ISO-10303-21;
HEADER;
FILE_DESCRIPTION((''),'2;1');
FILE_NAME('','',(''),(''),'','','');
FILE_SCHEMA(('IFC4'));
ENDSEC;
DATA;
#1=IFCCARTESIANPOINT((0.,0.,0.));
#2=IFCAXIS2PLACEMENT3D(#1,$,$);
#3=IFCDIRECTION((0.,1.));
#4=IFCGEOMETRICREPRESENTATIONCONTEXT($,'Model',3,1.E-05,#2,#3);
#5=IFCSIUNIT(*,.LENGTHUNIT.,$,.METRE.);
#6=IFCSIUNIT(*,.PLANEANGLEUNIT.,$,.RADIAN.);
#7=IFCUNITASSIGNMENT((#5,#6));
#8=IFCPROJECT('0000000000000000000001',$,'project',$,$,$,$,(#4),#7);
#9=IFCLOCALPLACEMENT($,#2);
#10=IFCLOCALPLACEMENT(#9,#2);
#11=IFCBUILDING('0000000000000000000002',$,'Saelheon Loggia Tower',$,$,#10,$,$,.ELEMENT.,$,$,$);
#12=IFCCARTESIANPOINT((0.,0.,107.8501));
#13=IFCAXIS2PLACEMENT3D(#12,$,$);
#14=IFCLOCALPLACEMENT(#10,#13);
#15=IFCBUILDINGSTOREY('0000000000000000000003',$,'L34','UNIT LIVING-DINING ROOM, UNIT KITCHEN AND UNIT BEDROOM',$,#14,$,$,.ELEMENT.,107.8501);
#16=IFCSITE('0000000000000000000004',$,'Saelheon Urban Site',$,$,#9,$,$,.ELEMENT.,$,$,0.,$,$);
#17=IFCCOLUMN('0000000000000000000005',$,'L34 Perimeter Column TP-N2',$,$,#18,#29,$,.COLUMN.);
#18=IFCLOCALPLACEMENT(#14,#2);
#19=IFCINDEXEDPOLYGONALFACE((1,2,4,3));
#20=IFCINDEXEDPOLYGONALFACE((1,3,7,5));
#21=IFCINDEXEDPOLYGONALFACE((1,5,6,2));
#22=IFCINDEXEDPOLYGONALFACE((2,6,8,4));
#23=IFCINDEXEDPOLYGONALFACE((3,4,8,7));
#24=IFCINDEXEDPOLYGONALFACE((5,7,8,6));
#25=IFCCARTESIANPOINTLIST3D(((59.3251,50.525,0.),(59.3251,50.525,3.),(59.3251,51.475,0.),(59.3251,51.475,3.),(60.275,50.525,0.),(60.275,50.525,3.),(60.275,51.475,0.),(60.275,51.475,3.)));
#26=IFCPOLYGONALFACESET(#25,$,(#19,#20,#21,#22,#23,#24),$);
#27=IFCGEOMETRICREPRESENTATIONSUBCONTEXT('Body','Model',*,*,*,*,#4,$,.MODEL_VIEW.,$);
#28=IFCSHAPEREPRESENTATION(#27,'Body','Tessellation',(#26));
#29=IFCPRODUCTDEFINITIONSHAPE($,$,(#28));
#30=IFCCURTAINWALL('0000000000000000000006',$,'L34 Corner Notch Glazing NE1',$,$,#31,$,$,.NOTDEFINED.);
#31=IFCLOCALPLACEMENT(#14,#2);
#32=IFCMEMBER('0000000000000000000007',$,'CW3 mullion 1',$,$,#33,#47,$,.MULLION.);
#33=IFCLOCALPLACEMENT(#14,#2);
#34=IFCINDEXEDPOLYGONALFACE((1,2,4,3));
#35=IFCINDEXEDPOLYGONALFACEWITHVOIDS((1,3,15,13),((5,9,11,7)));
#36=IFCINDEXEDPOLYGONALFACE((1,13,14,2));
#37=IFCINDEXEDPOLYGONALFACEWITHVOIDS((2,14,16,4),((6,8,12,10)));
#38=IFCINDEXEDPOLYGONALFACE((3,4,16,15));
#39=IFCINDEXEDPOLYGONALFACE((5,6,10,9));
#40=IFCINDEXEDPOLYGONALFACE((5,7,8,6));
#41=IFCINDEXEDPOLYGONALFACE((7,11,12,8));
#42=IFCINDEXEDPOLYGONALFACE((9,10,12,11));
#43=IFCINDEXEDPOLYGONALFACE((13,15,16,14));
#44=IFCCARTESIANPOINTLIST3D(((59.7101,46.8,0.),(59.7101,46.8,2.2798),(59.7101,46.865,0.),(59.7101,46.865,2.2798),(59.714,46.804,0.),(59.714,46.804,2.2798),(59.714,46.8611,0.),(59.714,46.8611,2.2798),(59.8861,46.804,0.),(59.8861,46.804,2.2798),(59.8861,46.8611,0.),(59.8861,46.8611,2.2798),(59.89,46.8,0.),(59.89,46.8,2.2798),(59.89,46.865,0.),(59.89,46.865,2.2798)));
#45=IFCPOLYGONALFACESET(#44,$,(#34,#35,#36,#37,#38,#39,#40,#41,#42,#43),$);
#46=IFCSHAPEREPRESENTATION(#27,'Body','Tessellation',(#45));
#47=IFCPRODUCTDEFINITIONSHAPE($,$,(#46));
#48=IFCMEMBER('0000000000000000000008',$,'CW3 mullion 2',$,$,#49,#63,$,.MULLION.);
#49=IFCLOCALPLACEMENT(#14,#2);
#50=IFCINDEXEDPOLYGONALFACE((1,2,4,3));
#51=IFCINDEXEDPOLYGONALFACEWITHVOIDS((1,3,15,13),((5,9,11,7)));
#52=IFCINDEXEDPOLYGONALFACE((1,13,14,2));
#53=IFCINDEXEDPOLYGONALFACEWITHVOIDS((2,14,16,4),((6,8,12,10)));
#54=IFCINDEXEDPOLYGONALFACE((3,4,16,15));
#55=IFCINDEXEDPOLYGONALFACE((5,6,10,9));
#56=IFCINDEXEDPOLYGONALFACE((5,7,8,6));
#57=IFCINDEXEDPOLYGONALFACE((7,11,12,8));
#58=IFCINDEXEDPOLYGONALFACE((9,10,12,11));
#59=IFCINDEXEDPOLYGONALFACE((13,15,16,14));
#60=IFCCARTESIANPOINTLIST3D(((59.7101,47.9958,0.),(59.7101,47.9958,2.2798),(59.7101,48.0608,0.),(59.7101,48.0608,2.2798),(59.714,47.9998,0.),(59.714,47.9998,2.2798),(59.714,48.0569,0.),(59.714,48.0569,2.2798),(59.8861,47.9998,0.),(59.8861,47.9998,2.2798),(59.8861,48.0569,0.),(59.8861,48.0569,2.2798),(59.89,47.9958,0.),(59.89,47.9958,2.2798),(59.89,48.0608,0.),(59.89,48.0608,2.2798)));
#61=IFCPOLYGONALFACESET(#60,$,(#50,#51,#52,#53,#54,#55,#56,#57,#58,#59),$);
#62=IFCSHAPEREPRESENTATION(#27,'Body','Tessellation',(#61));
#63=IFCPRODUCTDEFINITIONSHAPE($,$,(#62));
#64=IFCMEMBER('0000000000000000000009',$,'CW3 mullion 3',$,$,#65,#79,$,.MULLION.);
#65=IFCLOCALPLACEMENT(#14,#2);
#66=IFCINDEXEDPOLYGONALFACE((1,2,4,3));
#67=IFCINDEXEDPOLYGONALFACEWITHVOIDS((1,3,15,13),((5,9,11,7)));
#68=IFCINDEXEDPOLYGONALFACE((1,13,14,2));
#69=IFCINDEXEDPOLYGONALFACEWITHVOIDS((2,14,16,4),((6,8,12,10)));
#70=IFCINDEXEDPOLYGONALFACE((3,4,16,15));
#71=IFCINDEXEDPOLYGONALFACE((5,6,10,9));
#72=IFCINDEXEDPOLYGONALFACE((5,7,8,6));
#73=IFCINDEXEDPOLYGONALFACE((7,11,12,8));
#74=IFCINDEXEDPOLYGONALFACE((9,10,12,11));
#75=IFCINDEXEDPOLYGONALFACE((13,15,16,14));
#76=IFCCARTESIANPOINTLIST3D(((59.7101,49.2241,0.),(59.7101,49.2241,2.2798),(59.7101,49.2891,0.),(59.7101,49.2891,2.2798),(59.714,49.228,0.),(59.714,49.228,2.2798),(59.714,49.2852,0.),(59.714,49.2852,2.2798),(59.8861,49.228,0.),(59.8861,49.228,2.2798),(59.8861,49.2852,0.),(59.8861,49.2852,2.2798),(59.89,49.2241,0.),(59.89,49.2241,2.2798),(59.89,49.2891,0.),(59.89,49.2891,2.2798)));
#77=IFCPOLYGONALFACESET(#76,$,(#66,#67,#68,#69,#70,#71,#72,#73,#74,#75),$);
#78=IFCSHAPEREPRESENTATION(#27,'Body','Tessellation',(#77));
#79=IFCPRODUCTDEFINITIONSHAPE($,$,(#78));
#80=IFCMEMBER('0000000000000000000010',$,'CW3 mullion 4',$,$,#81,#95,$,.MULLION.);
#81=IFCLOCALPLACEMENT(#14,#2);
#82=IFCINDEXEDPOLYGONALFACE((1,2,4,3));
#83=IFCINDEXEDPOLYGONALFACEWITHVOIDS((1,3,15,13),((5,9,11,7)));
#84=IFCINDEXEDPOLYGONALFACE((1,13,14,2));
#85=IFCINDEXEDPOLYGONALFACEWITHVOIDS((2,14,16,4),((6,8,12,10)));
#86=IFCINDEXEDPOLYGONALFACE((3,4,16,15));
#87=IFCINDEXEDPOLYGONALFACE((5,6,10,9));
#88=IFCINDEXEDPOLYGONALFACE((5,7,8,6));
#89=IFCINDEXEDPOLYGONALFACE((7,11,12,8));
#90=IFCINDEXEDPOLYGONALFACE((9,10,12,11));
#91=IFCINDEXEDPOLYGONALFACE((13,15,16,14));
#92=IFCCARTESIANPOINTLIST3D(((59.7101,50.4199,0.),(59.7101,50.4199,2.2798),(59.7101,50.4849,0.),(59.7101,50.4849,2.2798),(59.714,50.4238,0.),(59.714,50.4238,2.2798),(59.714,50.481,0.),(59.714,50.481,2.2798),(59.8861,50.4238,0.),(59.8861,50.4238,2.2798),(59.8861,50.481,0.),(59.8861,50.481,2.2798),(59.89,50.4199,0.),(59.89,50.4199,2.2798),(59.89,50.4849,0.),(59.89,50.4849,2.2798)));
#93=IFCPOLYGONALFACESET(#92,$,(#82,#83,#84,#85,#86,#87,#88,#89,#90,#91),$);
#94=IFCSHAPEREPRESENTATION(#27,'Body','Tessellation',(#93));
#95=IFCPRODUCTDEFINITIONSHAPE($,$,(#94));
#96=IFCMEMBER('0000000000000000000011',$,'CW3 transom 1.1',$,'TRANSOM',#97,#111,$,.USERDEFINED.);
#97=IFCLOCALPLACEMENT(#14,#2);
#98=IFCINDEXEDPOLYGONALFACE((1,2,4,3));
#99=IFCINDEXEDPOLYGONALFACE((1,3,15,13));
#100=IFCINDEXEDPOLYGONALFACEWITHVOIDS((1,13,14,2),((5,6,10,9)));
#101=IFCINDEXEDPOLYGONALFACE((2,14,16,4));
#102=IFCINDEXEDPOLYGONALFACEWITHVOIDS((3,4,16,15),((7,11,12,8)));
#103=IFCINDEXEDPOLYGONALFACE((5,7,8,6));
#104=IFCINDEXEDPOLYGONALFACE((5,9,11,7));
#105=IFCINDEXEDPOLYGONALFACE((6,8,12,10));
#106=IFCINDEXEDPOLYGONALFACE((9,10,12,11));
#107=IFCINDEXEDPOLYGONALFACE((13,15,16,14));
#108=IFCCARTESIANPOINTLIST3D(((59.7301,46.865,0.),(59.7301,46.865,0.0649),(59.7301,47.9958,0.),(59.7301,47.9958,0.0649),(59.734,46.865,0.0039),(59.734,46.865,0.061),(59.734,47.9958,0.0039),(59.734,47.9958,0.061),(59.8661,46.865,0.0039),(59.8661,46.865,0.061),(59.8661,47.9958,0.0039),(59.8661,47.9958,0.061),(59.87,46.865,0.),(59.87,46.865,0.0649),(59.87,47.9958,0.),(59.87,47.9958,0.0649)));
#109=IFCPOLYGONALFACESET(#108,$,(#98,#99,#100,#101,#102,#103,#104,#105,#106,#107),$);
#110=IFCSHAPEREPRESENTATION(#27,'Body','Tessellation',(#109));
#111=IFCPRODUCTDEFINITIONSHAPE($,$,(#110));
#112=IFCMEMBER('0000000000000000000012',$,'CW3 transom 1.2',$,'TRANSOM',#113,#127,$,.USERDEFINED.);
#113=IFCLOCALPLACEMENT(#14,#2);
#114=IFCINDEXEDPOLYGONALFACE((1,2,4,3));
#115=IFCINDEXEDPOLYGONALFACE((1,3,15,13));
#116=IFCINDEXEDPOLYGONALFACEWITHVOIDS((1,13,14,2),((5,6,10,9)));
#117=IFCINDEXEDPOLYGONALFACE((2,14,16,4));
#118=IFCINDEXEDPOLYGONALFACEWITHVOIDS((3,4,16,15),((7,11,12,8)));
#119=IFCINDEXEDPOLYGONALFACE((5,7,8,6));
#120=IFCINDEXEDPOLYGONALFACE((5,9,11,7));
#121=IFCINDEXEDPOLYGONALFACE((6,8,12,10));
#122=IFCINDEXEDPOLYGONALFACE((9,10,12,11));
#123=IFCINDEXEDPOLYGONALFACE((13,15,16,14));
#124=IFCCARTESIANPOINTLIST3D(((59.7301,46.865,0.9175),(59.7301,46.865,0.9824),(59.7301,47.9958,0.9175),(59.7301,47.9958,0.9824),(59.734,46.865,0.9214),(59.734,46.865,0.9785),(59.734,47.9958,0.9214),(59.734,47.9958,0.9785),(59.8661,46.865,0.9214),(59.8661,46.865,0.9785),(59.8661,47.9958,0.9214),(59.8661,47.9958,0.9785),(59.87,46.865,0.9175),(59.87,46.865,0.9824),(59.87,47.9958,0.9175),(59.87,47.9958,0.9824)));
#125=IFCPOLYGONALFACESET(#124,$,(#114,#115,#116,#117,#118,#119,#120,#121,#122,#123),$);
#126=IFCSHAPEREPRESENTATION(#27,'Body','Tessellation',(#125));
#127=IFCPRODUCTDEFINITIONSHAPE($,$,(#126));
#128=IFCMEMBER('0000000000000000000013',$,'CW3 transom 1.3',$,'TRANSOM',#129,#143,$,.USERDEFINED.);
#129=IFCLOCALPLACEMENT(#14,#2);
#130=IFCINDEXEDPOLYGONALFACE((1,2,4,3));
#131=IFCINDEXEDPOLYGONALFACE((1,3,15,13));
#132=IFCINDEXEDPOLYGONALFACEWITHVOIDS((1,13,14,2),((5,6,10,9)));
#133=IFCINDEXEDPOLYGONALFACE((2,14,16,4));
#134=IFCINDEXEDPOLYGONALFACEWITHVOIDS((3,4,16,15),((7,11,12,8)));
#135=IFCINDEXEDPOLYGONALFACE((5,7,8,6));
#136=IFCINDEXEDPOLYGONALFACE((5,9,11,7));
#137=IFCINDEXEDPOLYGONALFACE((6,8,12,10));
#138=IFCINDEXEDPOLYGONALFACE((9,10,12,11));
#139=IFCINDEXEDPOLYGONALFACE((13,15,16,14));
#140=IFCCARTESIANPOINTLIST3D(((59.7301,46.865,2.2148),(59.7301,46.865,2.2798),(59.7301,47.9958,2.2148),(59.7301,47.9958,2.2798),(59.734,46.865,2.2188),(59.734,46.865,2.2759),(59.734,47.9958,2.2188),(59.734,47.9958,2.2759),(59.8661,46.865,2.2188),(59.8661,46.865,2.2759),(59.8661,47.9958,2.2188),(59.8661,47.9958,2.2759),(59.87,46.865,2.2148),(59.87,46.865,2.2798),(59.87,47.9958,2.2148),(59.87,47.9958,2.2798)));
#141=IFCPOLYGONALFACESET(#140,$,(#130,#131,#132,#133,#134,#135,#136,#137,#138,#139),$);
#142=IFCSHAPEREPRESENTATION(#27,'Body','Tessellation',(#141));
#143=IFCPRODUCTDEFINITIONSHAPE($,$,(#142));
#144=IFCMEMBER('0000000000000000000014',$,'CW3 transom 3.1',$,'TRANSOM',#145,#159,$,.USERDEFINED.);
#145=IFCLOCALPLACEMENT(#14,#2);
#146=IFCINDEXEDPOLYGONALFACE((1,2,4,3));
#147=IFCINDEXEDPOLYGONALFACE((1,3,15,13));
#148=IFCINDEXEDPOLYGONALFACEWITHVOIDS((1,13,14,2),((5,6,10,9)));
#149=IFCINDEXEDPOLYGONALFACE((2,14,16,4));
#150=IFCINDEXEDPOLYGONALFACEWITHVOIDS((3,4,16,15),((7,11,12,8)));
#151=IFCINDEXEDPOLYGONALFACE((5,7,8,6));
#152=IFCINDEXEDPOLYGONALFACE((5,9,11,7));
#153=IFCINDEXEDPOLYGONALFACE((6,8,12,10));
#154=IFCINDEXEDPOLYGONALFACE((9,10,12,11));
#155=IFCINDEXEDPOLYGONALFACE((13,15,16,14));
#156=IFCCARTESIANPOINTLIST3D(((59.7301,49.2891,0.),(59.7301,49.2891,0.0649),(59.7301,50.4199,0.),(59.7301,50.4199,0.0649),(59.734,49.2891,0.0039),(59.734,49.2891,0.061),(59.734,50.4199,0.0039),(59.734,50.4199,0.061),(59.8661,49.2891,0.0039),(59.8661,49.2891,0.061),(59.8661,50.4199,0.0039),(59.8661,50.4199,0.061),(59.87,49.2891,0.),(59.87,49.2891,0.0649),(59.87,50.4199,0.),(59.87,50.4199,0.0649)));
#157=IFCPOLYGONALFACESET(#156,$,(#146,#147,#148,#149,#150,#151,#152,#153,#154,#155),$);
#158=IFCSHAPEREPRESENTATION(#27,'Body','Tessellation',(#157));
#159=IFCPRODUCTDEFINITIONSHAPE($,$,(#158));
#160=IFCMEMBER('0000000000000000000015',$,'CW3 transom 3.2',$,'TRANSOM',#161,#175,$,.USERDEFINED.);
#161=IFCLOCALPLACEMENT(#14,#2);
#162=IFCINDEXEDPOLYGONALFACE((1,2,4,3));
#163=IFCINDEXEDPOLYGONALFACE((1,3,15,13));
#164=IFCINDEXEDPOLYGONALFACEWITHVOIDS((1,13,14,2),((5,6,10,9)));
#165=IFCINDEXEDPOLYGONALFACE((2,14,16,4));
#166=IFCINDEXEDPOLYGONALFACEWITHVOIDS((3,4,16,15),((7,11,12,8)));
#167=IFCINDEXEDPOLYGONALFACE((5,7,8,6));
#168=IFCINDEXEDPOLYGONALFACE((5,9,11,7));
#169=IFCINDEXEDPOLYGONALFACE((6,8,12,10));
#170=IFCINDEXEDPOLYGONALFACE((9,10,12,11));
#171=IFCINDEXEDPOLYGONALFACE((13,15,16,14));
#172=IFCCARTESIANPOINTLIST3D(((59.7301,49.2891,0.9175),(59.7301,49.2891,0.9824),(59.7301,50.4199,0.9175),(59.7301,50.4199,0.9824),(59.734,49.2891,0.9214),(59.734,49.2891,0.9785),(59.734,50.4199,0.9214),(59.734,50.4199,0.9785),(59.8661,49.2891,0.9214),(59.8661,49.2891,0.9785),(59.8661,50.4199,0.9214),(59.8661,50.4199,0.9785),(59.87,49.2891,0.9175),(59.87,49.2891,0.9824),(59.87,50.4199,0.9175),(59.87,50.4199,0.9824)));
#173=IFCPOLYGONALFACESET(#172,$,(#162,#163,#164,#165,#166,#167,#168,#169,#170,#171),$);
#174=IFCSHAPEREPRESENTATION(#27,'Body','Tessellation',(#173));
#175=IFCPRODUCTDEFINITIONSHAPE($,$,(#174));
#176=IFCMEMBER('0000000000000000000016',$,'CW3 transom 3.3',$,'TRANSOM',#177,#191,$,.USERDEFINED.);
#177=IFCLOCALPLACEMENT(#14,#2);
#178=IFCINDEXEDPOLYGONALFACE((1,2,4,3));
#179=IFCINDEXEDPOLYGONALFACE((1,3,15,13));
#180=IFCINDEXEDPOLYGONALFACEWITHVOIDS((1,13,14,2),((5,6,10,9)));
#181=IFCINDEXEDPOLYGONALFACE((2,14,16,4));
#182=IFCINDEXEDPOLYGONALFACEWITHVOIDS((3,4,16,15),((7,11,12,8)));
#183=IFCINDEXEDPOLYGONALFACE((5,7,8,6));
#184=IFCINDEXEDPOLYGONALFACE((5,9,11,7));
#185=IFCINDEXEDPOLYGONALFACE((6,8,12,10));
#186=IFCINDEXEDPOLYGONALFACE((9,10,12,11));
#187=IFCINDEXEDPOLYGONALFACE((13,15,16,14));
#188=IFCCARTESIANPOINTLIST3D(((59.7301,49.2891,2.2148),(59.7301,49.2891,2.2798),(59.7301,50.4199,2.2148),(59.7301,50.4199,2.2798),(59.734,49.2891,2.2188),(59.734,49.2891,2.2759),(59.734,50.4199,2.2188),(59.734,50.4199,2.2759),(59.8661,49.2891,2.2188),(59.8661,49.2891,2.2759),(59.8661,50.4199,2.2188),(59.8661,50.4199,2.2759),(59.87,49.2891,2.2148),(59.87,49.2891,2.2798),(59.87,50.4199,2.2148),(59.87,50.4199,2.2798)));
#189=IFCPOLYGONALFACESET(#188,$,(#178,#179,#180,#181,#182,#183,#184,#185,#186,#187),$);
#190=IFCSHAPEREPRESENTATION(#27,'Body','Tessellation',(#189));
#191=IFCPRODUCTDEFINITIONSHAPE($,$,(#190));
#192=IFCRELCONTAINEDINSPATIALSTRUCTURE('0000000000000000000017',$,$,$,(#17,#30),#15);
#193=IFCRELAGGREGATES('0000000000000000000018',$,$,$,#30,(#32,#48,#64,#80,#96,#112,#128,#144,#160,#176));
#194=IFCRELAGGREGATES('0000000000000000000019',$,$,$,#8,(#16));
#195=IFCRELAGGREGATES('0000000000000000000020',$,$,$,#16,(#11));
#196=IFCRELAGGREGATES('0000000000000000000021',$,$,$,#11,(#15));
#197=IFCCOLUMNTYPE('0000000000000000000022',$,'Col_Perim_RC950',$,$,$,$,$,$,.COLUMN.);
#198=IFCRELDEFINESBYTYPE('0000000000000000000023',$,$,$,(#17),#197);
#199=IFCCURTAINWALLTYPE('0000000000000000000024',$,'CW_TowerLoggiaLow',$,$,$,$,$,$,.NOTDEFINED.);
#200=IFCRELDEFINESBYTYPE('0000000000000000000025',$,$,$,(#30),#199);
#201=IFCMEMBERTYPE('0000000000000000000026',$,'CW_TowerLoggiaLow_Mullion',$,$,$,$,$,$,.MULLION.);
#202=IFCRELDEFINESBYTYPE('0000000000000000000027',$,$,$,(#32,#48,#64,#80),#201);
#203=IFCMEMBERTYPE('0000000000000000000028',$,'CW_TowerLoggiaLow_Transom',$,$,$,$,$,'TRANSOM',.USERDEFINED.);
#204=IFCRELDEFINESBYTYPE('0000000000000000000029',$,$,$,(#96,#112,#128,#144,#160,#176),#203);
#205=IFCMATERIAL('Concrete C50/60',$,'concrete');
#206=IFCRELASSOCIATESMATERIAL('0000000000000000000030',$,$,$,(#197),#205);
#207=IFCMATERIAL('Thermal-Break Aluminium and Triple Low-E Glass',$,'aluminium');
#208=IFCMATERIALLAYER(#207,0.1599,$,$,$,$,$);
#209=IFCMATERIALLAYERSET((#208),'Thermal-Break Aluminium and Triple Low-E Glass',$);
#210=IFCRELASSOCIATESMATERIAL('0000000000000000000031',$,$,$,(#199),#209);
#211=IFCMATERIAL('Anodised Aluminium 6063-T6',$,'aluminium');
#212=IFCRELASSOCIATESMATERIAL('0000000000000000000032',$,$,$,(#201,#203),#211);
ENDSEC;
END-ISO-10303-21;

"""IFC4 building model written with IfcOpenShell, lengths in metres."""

from ifc_helpers import new_model, si_unit, direction, frame, origin, origin_2d, place, context, subcontext, project, spatial, rectangle, hollow_rectangle, extrude, source, transform, mapped, material, layer, layer_set, material_profile, profile_set, type_object, element, aggregate, save


model = new_model("IFC4")

# Units and contexts
model_context = context("Model", 3, precision=1e-05, world=origin(), true_north=direction((0.0, 1.0)))
body_context = subcontext(model_context, "Body", "Model", "MODEL_VIEW")
ifc_project = project(units=[si_unit("LENGTHUNIT", "METRE"), si_unit("PLANEANGLEUNIT", "RADIAN")], contexts=[model_context])

# Site, building, storey
site_placement = place(None, origin())
site = spatial("IfcSite", under=ifc_project, at=site_placement, Name="Saelheon Urban Site", CompositionType="ELEMENT", RefElevation=0.0)
building_placement = place(site_placement, origin())
building = spatial("IfcBuilding", under=site, at=building_placement, Name="Saelheon Loggia Tower", CompositionType="ELEMENT")
storey_placement = place(building_placement, frame((0.0, 0.0, 107.8501)))
storey = spatial("IfcBuildingStorey", under=building, at=storey_placement, Name="L34", Description="UNIT LIVING-DINING ROOM, UNIT KITCHEN AND UNIT BEDROOM", CompositionType="ELEMENT", Elevation=107.8501)

# Column
ifc_material_1 = material(Name="Concrete C50/60", Category="concrete")
ifc_material_profile_1 = material_profile(ifc_material_1, rectangle(XDim=0.95, YDim=0.95, at=origin_2d()), Name="RC-950x950")
ifc_profile_set_1 = profile_set([ifc_material_profile_1], Name="Concrete C50/60")
column_type = type_object("IfcColumnType", Name="Col_Perim_RC950", PredefinedType="COLUMN", material=ifc_profile_set_1)
shared_shape_1 = source(origin(), body_context, "Body", "SweptSolid", [
    extrude(rectangle(XDim=0.95, YDim=0.95, at=origin_2d()), origin(), (0.0, 0.0, 1.0), 3.0),
])
column_placement = place(storey_placement, frame((59.8, 51.0, 0.0), z_axis=(0.0, 0.0, 1.0), x_axis=(1.0, 0.0, 0.0)))
element("IfcColumn", 1, at=column_placement, inside=storey, type_object=column_type, Name="L34 Perimeter Column TP-N2", PredefinedType="COLUMN", context=body_context, shape_type="MappedRepresentation", body=[
    mapped(shared_shape_1, transform((0.0, 0.0, 0.0), scale=1.0)),
])

# Curtain wall, members
ifc_material_2 = material(Name="Thermal-Break Aluminium and Triple Low-E Glass", Category="aluminium")
ifc_layer_1 = layer(ifc_material_2, 0.1599)
ifc_layer_set_1 = layer_set([ifc_layer_1], Name="Thermal-Break Aluminium and Triple Low-E Glass")
curtain_wall_type = type_object("IfcCurtainWallType", Name="CW_TowerLoggiaLow", PredefinedType="NOTDEFINED", material=ifc_layer_set_1)
curtain_wall_placement = place(storey_placement, origin())
curtain_wall = element("IfcCurtainWall", 2, at=curtain_wall_placement, inside=storey, type_object=curtain_wall_type, Name="L34 Corner Notch Glazing NE1", PredefinedType="NOTDEFINED")
ifc_material_3 = material(Name="Anodised Aluminium 6063-T6", Category="aluminium")
ifc_material_profile_2 = material_profile(ifc_material_3, hollow_rectangle(XDim=0.0649, YDim=0.1799, WallThickness=0.0039, at=origin_2d()), Name="RHS-180x65x4")
ifc_profile_set_2 = profile_set([ifc_material_profile_2], Name="Anodised Aluminium 6063-T6")
member_type_1 = type_object("IfcMemberType", Name="CW_TowerLoggiaLow_Mullion", PredefinedType="MULLION", material=ifc_profile_set_2)
shared_shape_2 = source(origin(), body_context, "Body", "SweptSolid", [
    extrude(hollow_rectangle(XDim=0.0649, YDim=0.1799, WallThickness=0.0039, at=origin_2d()), origin(), (0.0, 0.0, 1.0), 2.2798),
])
member_1_placement = place(storey_placement, frame((59.8, 46.8325, 0.0), z_axis=(0.0, 0.0, 1.0), x_axis=(0.0, 1.0, 0.0)))
member_1 = element("IfcMember", 3, at=member_1_placement, type_object=member_type_1, Name="CW3 mullion 1", PredefinedType="MULLION", context=body_context, shape_type="MappedRepresentation", body=[
    mapped(shared_shape_2, transform((0.0, 0.0, 0.0), scale=1.0)),
])
member_2_placement = place(storey_placement, frame((59.8, 48.0283, 0.0), z_axis=(0.0, 0.0, 1.0), x_axis=(0.0, 1.0, 0.0)))
member_2 = element("IfcMember", 4, at=member_2_placement, type_object=member_type_1, Name="CW3 mullion 2", PredefinedType="MULLION", context=body_context, shape_type="MappedRepresentation", body=[
    mapped(shared_shape_2, transform((0.0, 0.0, 0.0), scale=1.0)),
])
member_3_placement = place(storey_placement, frame((59.8, 49.2566, 0.0), z_axis=(0.0, 0.0, 1.0), x_axis=(0.0, 1.0, 0.0)))
member_3 = element("IfcMember", 5, at=member_3_placement, type_object=member_type_1, Name="CW3 mullion 3", PredefinedType="MULLION", context=body_context, shape_type="MappedRepresentation", body=[
    mapped(shared_shape_2, transform((0.0, 0.0, 0.0), scale=1.0)),
])
member_4_placement = place(storey_placement, frame((59.8, 50.4524, 0.0), z_axis=(0.0, 0.0, 1.0), x_axis=(0.0, 1.0, 0.0)))
member_4 = element("IfcMember", 6, at=member_4_placement, type_object=member_type_1, Name="CW3 mullion 4", PredefinedType="MULLION", context=body_context, shape_type="MappedRepresentation", body=[
    mapped(shared_shape_2, transform((0.0, 0.0, 0.0), scale=1.0)),
])
ifc_material_profile_3 = material_profile(ifc_material_3, hollow_rectangle(XDim=0.0649, YDim=0.1399, WallThickness=0.0039, at=origin_2d()), Name="RHS-140x65x4")
ifc_profile_set_3 = profile_set([ifc_material_profile_3], Name="Anodised Aluminium 6063-T6")
member_type_2 = type_object("IfcMemberType", Name="CW_TowerLoggiaLow_Transom", ElementType="TRANSOM", PredefinedType="USERDEFINED", material=ifc_profile_set_3)
shared_shape_3 = source(origin(), body_context, "Body", "SweptSolid", [
    extrude(hollow_rectangle(XDim=0.0649, YDim=0.1399, WallThickness=0.0039, at=origin_2d()), origin(), (0.0, 0.0, 1.0), 1.1309),
])
member_5_placement = place(storey_placement, frame((59.8, 46.865, 0.0325), z_axis=(0.0, 1.0, 0.0), x_axis=(0.0, 0.0, 1.0)))
member_5 = element("IfcMember", 7, at=member_5_placement, type_object=member_type_2, Name="CW3 transom 1.1", ObjectType="TRANSOM", PredefinedType="USERDEFINED", context=body_context, shape_type="MappedRepresentation", body=[
    mapped(shared_shape_3, transform((0.0, 0.0, 0.0), scale=1.0)),
])
member_6_placement = place(storey_placement, frame((59.8, 46.865, 0.95), z_axis=(0.0, 1.0, 0.0), x_axis=(0.0, 0.0, 1.0)))
member_6 = element("IfcMember", 8, at=member_6_placement, type_object=member_type_2, Name="CW3 transom 1.2", ObjectType="TRANSOM", PredefinedType="USERDEFINED", context=body_context, shape_type="MappedRepresentation", body=[
    mapped(shared_shape_3, transform((0.0, 0.0, 0.0), scale=1.0)),
])
member_7_placement = place(storey_placement, frame((59.8, 46.865, 2.2473), z_axis=(0.0, 1.0, 0.0), x_axis=(0.0, 0.0, 1.0)))
member_7 = element("IfcMember", 9, at=member_7_placement, type_object=member_type_2, Name="CW3 transom 1.3", ObjectType="TRANSOM", PredefinedType="USERDEFINED", context=body_context, shape_type="MappedRepresentation", body=[
    mapped(shared_shape_3, transform((0.0, 0.0, 0.0), scale=1.0)),
])
member_8_placement = place(storey_placement, frame((59.8, 49.2891, 0.0325), z_axis=(0.0, 1.0, 0.0), x_axis=(0.0, 0.0, 1.0)))
member_8 = element("IfcMember", 10, at=member_8_placement, type_object=member_type_2, Name="CW3 transom 3.1", ObjectType="TRANSOM", PredefinedType="USERDEFINED", context=body_context, shape_type="MappedRepresentation", body=[
    mapped(shared_shape_3, transform((0.0, 0.0, 0.0), scale=1.0)),
])
member_9_placement = place(storey_placement, frame((59.8, 49.2891, 0.95), z_axis=(0.0, 1.0, 0.0), x_axis=(0.0, 0.0, 1.0)))
member_9 = element("IfcMember", 11, at=member_9_placement, type_object=member_type_2, Name="CW3 transom 3.2", ObjectType="TRANSOM", PredefinedType="USERDEFINED", context=body_context, shape_type="MappedRepresentation", body=[
    mapped(shared_shape_3, transform((0.0, 0.0, 0.0), scale=1.0)),
])
member_10_placement = place(storey_placement, frame((59.8, 49.2891, 2.2473), z_axis=(0.0, 1.0, 0.0), x_axis=(0.0, 0.0, 1.0)))
member_10 = element("IfcMember", 12, at=member_10_placement, type_object=member_type_2, Name="CW3 transom 3.3", ObjectType="TRANSOM", PredefinedType="USERDEFINED", context=body_context, shape_type="MappedRepresentation", body=[
    mapped(shared_shape_3, transform((0.0, 0.0, 0.0), scale=1.0)),
])
aggregate(curtain_wall, [member_1, member_2, member_3, member_4, member_5, member_6, member_7, member_8, member_9, member_10])

save(model, "model.ifc")
